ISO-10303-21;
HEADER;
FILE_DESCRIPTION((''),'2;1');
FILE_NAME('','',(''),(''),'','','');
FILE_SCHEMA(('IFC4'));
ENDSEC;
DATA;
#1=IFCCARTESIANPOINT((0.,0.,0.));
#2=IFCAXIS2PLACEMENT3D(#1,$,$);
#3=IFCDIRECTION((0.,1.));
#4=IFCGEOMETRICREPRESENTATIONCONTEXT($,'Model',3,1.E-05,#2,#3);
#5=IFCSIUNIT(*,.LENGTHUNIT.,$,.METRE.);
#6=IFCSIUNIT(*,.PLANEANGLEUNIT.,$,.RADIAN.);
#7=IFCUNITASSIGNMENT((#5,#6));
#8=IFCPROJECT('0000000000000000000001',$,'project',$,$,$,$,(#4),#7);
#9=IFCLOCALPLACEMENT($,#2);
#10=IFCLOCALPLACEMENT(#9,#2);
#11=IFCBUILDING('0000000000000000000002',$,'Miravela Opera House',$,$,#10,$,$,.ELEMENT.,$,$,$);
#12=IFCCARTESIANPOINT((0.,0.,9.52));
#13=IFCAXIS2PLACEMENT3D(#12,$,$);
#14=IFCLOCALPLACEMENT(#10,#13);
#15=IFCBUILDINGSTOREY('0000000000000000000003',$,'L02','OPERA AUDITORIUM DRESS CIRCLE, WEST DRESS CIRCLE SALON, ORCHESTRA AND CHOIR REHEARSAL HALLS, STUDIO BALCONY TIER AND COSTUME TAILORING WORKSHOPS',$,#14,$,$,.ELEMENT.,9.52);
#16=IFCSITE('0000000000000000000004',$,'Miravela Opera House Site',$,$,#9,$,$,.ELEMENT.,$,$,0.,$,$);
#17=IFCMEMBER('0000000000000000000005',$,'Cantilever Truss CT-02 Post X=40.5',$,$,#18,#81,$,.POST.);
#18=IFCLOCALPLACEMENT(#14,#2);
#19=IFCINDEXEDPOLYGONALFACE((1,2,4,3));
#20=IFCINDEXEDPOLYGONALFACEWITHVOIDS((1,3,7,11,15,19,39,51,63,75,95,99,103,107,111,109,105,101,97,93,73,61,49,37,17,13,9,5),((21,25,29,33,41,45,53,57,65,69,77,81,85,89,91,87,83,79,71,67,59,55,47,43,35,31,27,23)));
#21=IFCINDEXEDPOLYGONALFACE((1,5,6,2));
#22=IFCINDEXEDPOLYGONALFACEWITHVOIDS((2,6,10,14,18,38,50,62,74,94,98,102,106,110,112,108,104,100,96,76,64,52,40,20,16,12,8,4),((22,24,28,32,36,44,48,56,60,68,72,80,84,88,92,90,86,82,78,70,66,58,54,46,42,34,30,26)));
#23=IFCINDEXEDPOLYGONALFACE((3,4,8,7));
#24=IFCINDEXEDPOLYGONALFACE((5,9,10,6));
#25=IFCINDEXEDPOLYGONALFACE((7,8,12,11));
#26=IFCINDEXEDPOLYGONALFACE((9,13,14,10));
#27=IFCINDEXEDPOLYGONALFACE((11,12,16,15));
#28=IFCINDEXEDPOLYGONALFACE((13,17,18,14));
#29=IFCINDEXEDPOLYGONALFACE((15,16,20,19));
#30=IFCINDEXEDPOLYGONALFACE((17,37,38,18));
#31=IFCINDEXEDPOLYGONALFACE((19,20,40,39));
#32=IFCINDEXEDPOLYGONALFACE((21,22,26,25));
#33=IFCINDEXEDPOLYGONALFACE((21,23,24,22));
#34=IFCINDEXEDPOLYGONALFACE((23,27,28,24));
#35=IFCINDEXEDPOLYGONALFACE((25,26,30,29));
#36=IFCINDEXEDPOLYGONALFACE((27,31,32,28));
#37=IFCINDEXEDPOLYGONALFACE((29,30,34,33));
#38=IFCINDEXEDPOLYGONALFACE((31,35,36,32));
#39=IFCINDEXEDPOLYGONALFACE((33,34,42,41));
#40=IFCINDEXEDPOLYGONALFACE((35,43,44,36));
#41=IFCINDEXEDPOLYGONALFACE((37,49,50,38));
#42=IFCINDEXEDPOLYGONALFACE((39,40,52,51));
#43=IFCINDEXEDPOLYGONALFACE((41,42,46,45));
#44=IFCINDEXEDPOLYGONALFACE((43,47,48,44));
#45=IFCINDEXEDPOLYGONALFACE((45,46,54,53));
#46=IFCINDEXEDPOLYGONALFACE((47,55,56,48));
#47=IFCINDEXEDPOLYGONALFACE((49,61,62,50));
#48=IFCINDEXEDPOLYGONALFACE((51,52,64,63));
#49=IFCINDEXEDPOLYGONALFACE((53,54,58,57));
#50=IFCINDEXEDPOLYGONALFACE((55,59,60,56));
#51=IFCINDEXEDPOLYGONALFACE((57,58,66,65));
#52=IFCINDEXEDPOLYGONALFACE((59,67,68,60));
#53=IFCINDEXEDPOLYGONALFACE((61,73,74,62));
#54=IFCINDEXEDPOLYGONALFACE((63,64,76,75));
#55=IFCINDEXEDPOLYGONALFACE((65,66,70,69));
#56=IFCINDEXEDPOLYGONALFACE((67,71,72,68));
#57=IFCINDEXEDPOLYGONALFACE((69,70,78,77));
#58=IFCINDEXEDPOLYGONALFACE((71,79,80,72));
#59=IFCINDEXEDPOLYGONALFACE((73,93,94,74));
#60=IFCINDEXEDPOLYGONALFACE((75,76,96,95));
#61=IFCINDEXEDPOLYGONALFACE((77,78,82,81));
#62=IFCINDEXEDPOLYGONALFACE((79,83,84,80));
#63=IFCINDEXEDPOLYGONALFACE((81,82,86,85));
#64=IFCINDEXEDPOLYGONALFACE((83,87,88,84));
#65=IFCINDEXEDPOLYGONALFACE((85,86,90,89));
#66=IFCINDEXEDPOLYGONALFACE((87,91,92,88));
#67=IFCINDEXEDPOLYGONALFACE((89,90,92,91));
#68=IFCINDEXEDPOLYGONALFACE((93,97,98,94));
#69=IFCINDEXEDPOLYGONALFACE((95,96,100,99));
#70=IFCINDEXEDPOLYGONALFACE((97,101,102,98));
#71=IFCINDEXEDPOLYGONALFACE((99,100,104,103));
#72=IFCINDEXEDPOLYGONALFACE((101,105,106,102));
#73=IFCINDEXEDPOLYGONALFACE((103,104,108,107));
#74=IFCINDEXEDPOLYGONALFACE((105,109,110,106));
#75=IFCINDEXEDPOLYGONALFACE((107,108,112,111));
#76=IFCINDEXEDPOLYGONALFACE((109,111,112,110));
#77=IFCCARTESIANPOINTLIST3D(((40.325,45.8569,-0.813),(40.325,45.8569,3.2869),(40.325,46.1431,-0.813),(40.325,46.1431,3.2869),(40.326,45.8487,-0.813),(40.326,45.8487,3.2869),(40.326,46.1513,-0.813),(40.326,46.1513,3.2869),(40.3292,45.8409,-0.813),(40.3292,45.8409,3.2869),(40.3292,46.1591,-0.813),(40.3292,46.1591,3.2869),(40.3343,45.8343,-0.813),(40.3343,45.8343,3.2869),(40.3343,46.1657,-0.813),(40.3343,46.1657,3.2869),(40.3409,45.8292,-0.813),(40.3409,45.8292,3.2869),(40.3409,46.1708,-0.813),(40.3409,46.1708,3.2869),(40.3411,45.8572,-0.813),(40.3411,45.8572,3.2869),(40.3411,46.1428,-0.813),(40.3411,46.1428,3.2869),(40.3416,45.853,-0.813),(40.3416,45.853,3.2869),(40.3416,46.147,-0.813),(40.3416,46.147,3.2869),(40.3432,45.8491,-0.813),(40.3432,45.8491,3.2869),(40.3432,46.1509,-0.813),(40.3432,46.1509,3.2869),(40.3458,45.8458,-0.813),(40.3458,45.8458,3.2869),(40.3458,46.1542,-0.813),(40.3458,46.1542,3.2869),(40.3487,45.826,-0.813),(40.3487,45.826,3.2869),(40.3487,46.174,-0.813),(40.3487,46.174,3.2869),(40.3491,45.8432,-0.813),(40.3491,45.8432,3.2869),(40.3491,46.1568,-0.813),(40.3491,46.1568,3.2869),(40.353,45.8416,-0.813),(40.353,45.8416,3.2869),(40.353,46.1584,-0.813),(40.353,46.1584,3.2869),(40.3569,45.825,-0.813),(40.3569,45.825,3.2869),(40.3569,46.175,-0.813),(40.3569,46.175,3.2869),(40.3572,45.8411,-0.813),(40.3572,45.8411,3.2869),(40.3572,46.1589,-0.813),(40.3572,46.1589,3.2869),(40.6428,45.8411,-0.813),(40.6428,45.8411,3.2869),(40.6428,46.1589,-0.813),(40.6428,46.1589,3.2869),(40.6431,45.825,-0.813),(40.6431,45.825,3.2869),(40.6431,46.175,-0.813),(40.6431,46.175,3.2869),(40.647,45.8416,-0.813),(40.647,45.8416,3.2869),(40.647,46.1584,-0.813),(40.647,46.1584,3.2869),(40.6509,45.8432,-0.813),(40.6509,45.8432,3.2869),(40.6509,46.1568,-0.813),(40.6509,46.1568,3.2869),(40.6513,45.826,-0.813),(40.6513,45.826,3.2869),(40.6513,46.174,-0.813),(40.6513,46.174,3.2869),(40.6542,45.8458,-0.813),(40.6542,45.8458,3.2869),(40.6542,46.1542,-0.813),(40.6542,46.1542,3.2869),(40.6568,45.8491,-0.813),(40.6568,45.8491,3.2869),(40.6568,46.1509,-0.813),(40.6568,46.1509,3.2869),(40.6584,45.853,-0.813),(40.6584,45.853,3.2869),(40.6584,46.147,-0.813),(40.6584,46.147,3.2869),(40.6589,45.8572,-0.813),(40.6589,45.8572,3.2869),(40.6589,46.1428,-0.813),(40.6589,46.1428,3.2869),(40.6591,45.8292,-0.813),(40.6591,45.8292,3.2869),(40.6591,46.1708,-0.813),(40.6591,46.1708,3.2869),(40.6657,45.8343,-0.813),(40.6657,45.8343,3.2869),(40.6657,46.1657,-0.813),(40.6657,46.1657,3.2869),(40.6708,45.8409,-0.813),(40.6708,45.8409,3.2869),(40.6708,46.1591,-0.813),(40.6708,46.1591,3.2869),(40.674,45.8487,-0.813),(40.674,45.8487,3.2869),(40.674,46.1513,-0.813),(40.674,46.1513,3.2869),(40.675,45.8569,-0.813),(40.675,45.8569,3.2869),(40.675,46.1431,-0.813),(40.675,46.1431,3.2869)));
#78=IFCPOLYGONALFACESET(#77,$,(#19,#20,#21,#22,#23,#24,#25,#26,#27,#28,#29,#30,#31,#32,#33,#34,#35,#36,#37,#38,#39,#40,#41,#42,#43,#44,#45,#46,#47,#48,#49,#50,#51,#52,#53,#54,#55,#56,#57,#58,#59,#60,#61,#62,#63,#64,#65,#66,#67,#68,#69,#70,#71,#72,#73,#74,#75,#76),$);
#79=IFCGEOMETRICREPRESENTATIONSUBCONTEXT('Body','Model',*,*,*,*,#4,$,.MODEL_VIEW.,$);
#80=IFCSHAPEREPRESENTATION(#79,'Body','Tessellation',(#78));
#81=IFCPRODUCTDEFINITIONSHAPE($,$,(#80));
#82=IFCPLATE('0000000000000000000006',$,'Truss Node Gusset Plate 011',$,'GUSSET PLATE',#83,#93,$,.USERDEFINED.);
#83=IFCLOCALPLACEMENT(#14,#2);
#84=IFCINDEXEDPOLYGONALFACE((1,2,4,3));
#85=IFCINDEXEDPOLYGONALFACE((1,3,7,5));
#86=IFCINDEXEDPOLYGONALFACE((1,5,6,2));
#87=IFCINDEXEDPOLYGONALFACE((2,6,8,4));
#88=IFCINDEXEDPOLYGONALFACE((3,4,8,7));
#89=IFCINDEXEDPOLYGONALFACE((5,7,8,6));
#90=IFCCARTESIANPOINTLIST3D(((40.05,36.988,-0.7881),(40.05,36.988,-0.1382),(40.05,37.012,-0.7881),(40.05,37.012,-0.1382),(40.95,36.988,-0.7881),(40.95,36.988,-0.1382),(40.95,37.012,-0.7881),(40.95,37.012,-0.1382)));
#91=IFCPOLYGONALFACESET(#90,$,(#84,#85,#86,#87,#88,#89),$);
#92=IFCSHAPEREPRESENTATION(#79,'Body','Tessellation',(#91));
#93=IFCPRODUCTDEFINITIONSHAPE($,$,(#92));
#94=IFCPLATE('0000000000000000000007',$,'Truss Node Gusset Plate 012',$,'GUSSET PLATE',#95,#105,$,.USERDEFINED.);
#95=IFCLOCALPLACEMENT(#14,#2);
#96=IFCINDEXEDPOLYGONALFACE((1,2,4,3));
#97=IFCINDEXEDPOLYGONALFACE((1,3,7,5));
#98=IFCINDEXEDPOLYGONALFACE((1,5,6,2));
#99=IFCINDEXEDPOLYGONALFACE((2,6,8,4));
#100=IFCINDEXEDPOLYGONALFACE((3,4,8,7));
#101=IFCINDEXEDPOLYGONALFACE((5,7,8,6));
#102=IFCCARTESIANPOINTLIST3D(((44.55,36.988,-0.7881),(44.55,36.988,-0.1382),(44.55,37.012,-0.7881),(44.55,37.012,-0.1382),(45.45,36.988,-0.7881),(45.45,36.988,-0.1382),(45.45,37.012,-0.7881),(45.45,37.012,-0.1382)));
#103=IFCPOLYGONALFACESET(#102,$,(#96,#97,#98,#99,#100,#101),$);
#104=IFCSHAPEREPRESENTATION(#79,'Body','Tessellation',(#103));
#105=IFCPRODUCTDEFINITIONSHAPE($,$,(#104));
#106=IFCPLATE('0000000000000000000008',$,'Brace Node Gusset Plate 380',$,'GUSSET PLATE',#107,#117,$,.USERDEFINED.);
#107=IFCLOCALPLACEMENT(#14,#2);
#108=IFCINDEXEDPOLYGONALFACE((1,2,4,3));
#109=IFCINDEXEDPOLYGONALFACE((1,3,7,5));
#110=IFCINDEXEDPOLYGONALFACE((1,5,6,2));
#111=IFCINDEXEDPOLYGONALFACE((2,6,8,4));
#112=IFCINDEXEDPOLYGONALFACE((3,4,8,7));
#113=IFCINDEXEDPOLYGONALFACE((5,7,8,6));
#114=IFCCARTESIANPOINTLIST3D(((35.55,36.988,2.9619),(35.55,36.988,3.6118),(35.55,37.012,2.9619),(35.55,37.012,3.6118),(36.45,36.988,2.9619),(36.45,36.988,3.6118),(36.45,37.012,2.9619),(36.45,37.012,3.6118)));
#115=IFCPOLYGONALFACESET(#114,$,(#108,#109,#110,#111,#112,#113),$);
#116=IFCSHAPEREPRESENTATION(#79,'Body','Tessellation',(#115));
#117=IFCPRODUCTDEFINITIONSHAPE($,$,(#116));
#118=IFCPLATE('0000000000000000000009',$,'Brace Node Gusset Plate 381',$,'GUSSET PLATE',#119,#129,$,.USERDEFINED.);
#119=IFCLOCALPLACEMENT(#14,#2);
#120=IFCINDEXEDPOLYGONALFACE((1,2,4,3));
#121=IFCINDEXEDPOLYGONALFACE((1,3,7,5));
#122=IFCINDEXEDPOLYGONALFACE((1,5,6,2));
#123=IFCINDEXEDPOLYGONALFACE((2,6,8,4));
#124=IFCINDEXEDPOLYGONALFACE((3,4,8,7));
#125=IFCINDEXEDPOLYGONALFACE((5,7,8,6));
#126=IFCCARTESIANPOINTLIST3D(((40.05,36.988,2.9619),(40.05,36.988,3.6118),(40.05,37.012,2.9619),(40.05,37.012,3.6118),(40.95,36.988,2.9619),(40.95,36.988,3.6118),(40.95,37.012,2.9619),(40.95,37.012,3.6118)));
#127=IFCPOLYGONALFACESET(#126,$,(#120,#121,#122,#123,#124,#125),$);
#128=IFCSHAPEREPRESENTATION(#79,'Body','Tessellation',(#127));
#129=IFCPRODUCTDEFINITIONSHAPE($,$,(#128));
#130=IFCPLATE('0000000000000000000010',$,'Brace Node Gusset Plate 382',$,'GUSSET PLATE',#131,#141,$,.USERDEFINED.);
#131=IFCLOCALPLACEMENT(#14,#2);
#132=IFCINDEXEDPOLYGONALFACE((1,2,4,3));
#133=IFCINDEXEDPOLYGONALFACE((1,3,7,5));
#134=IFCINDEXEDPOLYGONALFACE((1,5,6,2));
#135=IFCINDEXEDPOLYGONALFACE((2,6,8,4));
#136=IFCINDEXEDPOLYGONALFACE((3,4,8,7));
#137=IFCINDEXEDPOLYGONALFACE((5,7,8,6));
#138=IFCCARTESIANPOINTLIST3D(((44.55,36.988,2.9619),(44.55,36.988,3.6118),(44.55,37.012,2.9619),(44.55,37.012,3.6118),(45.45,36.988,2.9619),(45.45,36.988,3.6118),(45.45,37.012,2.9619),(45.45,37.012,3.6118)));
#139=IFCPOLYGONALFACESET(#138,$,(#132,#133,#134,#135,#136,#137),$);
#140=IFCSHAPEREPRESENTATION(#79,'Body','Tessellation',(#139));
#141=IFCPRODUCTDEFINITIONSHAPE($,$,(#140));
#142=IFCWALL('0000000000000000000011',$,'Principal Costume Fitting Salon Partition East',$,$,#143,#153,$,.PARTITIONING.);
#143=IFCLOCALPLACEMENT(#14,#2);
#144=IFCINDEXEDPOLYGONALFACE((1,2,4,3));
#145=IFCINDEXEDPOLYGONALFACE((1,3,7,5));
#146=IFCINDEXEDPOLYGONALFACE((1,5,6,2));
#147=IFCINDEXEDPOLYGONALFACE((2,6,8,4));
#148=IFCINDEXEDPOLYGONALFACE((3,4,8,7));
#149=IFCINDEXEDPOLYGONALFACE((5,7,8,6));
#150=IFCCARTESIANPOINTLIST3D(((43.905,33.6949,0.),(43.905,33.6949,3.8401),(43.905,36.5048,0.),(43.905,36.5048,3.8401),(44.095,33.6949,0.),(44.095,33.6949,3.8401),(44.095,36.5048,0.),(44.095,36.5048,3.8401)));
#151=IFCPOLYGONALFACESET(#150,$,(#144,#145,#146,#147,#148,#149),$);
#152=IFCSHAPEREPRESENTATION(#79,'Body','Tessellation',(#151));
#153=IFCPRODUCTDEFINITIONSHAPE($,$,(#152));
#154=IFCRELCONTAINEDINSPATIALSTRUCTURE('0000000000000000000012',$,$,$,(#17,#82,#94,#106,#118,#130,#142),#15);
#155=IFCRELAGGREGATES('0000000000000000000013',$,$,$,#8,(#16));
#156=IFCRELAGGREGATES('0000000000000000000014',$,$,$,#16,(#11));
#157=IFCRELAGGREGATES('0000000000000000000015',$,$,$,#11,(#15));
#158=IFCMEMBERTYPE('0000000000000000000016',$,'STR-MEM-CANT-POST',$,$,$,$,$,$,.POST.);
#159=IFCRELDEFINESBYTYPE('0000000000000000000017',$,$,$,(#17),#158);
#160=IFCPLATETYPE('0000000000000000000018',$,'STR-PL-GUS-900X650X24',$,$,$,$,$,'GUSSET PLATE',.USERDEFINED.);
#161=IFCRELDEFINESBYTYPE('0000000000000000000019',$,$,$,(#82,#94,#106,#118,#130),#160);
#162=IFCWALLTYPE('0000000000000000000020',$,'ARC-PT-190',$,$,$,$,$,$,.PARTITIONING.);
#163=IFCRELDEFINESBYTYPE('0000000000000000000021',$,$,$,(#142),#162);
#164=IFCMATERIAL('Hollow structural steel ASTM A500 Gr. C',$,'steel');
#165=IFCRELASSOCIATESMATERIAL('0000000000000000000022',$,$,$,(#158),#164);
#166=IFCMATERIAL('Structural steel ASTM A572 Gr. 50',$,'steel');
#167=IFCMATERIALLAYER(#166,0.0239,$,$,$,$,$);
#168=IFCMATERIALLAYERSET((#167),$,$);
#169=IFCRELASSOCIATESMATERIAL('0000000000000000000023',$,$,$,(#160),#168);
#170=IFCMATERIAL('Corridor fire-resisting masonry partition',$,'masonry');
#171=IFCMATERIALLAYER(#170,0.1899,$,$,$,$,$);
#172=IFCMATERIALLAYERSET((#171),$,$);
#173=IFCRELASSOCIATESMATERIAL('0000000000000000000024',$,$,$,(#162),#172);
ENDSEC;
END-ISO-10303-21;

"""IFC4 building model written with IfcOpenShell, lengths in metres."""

from ifc_helpers import new_model, si_unit, direction, frame, frame_2d, origin, origin_2d, place, context, subcontext, project, spatial, rectangle, hollow_rectangle, extrude, material, layer, layer_set, material_profile, profile_set, type_object, element, save


model = new_model("IFC4")

# Units and contexts
model_context = context("Model", 3, precision=1e-05, world=origin(), true_north=direction((0.0, 1.0)))
body_context = subcontext(model_context, "Body", "Model", "MODEL_VIEW")
ifc_project = project(units=[si_unit("LENGTHUNIT", "METRE"), si_unit("PLANEANGLEUNIT", "RADIAN")], contexts=[model_context])

# Site, building, storey
site_placement = place(None, origin())
site = spatial("IfcSite", under=ifc_project, at=site_placement, Name="Miravela Opera House Site", CompositionType="ELEMENT", RefElevation=0.0)
building_placement = place(site_placement, origin())
building = spatial("IfcBuilding", under=site, at=building_placement, Name="Miravela Opera House", CompositionType="ELEMENT")
storey_placement = place(building_placement, frame((0.0, 0.0, 9.52)))
storey = spatial("IfcBuildingStorey", under=building, at=storey_placement, Name="L02", Description="OPERA AUDITORIUM DRESS CIRCLE, WEST DRESS CIRCLE SALON, ORCHESTRA AND CHOIR REHEARSAL HALLS, STUDIO BALCONY TIER AND COSTUME TAILORING WORKSHOPS", CompositionType="ELEMENT", Elevation=9.52)

# Member
ifc_material_1 = material(Name="Hollow structural steel ASTM A500 Gr. C", Category="steel")
ifc_material_profile_1 = material_profile(ifc_material_1, hollow_rectangle(XDim=0.3501, YDim=0.3501, WallThickness=0.0161, InnerFilletRadius=0.0161, OuterFilletRadius=0.032, at=origin_2d()), Name="HSS350X350X16")
ifc_profile_set_1 = profile_set([ifc_material_profile_1])
member_type_1 = type_object("IfcMemberType", Name="STR-MEM-CANT-POST", PredefinedType="POST", material=ifc_profile_set_1)
for number, where, z_axis, x_axis, name in (
    (1, (40.5, 46.0, -0.813), (0.0, 0.0, 1.0), (1.0, 0.0, 0.0), "Cantilever Truss CT-02 Post X=40.5"),
):
    element("IfcMember", number, at=place(storey_placement, frame(where, z_axis=z_axis, x_axis=x_axis)), inside=storey, type_object=member_type_1, Name=name, PredefinedType="POST", context=body_context, shape_type="SweptSolid", body=[
        extrude(hollow_rectangle(XDim=0.3501, YDim=0.3501, WallThickness=0.0161, InnerFilletRadius=0.0161, OuterFilletRadius=0.032, at=origin_2d()), origin(), (0.0, 0.0, 1.0), 4.0999),
    ])

# Plates
ifc_material_2 = material(Name="Structural steel ASTM A572 Gr. 50", Category="steel")
ifc_layer_1 = layer(ifc_material_2, 0.0239)
ifc_layer_set_1 = layer_set([ifc_layer_1])
plate_type = type_object("IfcPlateType", Name="STR-PL-GUS-900X650X24", ElementType="GUSSET PLATE", PredefinedType="USERDEFINED", material=ifc_layer_set_1)
for number, where, z_axis, x_axis, name in (
    (2, (40.5, 37.0, -0.7881), (0.0, 0.0, 1.0), (1.0, 0.0, 0.0), "Truss Node Gusset Plate 011"),
    (3, (45.0, 37.0, -0.7881), (0.0, 0.0, 1.0), (1.0, 0.0, 0.0), "Truss Node Gusset Plate 012"),
    (4, (36.0, 37.0, 2.9619), (0.0, 0.0, 1.0), (1.0, 0.0, 0.0), "Brace Node Gusset Plate 380"),
    (5, (40.5, 37.0, 2.9619), (0.0, 0.0, 1.0), (1.0, 0.0, 0.0), "Brace Node Gusset Plate 381"),
    (6, (45.0, 37.0, 2.9619), (0.0, 0.0, 1.0), (1.0, 0.0, 0.0), "Brace Node Gusset Plate 382"),
):
    element("IfcPlate", number, at=place(storey_placement, frame(where, z_axis=z_axis, x_axis=x_axis)), inside=storey, type_object=plate_type, Name=name, ObjectType="GUSSET PLATE", PredefinedType="USERDEFINED", context=body_context, shape_type="SweptSolid", body=[
        extrude(rectangle(XDim=0.8999, YDim=0.0239, at=origin_2d()), origin(), (0.0, 0.0, 1.0), 0.6499),
    ])

# Wall
ifc_material_3 = material(Name="Corridor fire-resisting masonry partition", Category="masonry")
ifc_layer_2 = layer(ifc_material_3, 0.1899)
ifc_layer_set_2 = layer_set([ifc_layer_2])
wall_type = type_object("IfcWallType", Name="ARC-PT-190", PredefinedType="PARTITIONING", material=ifc_layer_set_2)
wall_placement = place(storey_placement, frame((44.0, 33.6951, 0.0), z_axis=(0.0, 0.0, 1.0), x_axis=(0.0, 1.0, 0.0)))
element("IfcWall", 7, at=wall_placement, inside=storey, type_object=wall_type, Name="Principal Costume Fitting Salon Partition East", PredefinedType="PARTITIONING", context=body_context, shape_type="SweptSolid", body=[
    extrude(rectangle(XDim=2.8098, YDim=0.1899, at=frame_2d((1.4048, 0.0))), origin(), (0.0, 0.0, 1.0), 3.8401),
])

save(model, "model.ifc")
